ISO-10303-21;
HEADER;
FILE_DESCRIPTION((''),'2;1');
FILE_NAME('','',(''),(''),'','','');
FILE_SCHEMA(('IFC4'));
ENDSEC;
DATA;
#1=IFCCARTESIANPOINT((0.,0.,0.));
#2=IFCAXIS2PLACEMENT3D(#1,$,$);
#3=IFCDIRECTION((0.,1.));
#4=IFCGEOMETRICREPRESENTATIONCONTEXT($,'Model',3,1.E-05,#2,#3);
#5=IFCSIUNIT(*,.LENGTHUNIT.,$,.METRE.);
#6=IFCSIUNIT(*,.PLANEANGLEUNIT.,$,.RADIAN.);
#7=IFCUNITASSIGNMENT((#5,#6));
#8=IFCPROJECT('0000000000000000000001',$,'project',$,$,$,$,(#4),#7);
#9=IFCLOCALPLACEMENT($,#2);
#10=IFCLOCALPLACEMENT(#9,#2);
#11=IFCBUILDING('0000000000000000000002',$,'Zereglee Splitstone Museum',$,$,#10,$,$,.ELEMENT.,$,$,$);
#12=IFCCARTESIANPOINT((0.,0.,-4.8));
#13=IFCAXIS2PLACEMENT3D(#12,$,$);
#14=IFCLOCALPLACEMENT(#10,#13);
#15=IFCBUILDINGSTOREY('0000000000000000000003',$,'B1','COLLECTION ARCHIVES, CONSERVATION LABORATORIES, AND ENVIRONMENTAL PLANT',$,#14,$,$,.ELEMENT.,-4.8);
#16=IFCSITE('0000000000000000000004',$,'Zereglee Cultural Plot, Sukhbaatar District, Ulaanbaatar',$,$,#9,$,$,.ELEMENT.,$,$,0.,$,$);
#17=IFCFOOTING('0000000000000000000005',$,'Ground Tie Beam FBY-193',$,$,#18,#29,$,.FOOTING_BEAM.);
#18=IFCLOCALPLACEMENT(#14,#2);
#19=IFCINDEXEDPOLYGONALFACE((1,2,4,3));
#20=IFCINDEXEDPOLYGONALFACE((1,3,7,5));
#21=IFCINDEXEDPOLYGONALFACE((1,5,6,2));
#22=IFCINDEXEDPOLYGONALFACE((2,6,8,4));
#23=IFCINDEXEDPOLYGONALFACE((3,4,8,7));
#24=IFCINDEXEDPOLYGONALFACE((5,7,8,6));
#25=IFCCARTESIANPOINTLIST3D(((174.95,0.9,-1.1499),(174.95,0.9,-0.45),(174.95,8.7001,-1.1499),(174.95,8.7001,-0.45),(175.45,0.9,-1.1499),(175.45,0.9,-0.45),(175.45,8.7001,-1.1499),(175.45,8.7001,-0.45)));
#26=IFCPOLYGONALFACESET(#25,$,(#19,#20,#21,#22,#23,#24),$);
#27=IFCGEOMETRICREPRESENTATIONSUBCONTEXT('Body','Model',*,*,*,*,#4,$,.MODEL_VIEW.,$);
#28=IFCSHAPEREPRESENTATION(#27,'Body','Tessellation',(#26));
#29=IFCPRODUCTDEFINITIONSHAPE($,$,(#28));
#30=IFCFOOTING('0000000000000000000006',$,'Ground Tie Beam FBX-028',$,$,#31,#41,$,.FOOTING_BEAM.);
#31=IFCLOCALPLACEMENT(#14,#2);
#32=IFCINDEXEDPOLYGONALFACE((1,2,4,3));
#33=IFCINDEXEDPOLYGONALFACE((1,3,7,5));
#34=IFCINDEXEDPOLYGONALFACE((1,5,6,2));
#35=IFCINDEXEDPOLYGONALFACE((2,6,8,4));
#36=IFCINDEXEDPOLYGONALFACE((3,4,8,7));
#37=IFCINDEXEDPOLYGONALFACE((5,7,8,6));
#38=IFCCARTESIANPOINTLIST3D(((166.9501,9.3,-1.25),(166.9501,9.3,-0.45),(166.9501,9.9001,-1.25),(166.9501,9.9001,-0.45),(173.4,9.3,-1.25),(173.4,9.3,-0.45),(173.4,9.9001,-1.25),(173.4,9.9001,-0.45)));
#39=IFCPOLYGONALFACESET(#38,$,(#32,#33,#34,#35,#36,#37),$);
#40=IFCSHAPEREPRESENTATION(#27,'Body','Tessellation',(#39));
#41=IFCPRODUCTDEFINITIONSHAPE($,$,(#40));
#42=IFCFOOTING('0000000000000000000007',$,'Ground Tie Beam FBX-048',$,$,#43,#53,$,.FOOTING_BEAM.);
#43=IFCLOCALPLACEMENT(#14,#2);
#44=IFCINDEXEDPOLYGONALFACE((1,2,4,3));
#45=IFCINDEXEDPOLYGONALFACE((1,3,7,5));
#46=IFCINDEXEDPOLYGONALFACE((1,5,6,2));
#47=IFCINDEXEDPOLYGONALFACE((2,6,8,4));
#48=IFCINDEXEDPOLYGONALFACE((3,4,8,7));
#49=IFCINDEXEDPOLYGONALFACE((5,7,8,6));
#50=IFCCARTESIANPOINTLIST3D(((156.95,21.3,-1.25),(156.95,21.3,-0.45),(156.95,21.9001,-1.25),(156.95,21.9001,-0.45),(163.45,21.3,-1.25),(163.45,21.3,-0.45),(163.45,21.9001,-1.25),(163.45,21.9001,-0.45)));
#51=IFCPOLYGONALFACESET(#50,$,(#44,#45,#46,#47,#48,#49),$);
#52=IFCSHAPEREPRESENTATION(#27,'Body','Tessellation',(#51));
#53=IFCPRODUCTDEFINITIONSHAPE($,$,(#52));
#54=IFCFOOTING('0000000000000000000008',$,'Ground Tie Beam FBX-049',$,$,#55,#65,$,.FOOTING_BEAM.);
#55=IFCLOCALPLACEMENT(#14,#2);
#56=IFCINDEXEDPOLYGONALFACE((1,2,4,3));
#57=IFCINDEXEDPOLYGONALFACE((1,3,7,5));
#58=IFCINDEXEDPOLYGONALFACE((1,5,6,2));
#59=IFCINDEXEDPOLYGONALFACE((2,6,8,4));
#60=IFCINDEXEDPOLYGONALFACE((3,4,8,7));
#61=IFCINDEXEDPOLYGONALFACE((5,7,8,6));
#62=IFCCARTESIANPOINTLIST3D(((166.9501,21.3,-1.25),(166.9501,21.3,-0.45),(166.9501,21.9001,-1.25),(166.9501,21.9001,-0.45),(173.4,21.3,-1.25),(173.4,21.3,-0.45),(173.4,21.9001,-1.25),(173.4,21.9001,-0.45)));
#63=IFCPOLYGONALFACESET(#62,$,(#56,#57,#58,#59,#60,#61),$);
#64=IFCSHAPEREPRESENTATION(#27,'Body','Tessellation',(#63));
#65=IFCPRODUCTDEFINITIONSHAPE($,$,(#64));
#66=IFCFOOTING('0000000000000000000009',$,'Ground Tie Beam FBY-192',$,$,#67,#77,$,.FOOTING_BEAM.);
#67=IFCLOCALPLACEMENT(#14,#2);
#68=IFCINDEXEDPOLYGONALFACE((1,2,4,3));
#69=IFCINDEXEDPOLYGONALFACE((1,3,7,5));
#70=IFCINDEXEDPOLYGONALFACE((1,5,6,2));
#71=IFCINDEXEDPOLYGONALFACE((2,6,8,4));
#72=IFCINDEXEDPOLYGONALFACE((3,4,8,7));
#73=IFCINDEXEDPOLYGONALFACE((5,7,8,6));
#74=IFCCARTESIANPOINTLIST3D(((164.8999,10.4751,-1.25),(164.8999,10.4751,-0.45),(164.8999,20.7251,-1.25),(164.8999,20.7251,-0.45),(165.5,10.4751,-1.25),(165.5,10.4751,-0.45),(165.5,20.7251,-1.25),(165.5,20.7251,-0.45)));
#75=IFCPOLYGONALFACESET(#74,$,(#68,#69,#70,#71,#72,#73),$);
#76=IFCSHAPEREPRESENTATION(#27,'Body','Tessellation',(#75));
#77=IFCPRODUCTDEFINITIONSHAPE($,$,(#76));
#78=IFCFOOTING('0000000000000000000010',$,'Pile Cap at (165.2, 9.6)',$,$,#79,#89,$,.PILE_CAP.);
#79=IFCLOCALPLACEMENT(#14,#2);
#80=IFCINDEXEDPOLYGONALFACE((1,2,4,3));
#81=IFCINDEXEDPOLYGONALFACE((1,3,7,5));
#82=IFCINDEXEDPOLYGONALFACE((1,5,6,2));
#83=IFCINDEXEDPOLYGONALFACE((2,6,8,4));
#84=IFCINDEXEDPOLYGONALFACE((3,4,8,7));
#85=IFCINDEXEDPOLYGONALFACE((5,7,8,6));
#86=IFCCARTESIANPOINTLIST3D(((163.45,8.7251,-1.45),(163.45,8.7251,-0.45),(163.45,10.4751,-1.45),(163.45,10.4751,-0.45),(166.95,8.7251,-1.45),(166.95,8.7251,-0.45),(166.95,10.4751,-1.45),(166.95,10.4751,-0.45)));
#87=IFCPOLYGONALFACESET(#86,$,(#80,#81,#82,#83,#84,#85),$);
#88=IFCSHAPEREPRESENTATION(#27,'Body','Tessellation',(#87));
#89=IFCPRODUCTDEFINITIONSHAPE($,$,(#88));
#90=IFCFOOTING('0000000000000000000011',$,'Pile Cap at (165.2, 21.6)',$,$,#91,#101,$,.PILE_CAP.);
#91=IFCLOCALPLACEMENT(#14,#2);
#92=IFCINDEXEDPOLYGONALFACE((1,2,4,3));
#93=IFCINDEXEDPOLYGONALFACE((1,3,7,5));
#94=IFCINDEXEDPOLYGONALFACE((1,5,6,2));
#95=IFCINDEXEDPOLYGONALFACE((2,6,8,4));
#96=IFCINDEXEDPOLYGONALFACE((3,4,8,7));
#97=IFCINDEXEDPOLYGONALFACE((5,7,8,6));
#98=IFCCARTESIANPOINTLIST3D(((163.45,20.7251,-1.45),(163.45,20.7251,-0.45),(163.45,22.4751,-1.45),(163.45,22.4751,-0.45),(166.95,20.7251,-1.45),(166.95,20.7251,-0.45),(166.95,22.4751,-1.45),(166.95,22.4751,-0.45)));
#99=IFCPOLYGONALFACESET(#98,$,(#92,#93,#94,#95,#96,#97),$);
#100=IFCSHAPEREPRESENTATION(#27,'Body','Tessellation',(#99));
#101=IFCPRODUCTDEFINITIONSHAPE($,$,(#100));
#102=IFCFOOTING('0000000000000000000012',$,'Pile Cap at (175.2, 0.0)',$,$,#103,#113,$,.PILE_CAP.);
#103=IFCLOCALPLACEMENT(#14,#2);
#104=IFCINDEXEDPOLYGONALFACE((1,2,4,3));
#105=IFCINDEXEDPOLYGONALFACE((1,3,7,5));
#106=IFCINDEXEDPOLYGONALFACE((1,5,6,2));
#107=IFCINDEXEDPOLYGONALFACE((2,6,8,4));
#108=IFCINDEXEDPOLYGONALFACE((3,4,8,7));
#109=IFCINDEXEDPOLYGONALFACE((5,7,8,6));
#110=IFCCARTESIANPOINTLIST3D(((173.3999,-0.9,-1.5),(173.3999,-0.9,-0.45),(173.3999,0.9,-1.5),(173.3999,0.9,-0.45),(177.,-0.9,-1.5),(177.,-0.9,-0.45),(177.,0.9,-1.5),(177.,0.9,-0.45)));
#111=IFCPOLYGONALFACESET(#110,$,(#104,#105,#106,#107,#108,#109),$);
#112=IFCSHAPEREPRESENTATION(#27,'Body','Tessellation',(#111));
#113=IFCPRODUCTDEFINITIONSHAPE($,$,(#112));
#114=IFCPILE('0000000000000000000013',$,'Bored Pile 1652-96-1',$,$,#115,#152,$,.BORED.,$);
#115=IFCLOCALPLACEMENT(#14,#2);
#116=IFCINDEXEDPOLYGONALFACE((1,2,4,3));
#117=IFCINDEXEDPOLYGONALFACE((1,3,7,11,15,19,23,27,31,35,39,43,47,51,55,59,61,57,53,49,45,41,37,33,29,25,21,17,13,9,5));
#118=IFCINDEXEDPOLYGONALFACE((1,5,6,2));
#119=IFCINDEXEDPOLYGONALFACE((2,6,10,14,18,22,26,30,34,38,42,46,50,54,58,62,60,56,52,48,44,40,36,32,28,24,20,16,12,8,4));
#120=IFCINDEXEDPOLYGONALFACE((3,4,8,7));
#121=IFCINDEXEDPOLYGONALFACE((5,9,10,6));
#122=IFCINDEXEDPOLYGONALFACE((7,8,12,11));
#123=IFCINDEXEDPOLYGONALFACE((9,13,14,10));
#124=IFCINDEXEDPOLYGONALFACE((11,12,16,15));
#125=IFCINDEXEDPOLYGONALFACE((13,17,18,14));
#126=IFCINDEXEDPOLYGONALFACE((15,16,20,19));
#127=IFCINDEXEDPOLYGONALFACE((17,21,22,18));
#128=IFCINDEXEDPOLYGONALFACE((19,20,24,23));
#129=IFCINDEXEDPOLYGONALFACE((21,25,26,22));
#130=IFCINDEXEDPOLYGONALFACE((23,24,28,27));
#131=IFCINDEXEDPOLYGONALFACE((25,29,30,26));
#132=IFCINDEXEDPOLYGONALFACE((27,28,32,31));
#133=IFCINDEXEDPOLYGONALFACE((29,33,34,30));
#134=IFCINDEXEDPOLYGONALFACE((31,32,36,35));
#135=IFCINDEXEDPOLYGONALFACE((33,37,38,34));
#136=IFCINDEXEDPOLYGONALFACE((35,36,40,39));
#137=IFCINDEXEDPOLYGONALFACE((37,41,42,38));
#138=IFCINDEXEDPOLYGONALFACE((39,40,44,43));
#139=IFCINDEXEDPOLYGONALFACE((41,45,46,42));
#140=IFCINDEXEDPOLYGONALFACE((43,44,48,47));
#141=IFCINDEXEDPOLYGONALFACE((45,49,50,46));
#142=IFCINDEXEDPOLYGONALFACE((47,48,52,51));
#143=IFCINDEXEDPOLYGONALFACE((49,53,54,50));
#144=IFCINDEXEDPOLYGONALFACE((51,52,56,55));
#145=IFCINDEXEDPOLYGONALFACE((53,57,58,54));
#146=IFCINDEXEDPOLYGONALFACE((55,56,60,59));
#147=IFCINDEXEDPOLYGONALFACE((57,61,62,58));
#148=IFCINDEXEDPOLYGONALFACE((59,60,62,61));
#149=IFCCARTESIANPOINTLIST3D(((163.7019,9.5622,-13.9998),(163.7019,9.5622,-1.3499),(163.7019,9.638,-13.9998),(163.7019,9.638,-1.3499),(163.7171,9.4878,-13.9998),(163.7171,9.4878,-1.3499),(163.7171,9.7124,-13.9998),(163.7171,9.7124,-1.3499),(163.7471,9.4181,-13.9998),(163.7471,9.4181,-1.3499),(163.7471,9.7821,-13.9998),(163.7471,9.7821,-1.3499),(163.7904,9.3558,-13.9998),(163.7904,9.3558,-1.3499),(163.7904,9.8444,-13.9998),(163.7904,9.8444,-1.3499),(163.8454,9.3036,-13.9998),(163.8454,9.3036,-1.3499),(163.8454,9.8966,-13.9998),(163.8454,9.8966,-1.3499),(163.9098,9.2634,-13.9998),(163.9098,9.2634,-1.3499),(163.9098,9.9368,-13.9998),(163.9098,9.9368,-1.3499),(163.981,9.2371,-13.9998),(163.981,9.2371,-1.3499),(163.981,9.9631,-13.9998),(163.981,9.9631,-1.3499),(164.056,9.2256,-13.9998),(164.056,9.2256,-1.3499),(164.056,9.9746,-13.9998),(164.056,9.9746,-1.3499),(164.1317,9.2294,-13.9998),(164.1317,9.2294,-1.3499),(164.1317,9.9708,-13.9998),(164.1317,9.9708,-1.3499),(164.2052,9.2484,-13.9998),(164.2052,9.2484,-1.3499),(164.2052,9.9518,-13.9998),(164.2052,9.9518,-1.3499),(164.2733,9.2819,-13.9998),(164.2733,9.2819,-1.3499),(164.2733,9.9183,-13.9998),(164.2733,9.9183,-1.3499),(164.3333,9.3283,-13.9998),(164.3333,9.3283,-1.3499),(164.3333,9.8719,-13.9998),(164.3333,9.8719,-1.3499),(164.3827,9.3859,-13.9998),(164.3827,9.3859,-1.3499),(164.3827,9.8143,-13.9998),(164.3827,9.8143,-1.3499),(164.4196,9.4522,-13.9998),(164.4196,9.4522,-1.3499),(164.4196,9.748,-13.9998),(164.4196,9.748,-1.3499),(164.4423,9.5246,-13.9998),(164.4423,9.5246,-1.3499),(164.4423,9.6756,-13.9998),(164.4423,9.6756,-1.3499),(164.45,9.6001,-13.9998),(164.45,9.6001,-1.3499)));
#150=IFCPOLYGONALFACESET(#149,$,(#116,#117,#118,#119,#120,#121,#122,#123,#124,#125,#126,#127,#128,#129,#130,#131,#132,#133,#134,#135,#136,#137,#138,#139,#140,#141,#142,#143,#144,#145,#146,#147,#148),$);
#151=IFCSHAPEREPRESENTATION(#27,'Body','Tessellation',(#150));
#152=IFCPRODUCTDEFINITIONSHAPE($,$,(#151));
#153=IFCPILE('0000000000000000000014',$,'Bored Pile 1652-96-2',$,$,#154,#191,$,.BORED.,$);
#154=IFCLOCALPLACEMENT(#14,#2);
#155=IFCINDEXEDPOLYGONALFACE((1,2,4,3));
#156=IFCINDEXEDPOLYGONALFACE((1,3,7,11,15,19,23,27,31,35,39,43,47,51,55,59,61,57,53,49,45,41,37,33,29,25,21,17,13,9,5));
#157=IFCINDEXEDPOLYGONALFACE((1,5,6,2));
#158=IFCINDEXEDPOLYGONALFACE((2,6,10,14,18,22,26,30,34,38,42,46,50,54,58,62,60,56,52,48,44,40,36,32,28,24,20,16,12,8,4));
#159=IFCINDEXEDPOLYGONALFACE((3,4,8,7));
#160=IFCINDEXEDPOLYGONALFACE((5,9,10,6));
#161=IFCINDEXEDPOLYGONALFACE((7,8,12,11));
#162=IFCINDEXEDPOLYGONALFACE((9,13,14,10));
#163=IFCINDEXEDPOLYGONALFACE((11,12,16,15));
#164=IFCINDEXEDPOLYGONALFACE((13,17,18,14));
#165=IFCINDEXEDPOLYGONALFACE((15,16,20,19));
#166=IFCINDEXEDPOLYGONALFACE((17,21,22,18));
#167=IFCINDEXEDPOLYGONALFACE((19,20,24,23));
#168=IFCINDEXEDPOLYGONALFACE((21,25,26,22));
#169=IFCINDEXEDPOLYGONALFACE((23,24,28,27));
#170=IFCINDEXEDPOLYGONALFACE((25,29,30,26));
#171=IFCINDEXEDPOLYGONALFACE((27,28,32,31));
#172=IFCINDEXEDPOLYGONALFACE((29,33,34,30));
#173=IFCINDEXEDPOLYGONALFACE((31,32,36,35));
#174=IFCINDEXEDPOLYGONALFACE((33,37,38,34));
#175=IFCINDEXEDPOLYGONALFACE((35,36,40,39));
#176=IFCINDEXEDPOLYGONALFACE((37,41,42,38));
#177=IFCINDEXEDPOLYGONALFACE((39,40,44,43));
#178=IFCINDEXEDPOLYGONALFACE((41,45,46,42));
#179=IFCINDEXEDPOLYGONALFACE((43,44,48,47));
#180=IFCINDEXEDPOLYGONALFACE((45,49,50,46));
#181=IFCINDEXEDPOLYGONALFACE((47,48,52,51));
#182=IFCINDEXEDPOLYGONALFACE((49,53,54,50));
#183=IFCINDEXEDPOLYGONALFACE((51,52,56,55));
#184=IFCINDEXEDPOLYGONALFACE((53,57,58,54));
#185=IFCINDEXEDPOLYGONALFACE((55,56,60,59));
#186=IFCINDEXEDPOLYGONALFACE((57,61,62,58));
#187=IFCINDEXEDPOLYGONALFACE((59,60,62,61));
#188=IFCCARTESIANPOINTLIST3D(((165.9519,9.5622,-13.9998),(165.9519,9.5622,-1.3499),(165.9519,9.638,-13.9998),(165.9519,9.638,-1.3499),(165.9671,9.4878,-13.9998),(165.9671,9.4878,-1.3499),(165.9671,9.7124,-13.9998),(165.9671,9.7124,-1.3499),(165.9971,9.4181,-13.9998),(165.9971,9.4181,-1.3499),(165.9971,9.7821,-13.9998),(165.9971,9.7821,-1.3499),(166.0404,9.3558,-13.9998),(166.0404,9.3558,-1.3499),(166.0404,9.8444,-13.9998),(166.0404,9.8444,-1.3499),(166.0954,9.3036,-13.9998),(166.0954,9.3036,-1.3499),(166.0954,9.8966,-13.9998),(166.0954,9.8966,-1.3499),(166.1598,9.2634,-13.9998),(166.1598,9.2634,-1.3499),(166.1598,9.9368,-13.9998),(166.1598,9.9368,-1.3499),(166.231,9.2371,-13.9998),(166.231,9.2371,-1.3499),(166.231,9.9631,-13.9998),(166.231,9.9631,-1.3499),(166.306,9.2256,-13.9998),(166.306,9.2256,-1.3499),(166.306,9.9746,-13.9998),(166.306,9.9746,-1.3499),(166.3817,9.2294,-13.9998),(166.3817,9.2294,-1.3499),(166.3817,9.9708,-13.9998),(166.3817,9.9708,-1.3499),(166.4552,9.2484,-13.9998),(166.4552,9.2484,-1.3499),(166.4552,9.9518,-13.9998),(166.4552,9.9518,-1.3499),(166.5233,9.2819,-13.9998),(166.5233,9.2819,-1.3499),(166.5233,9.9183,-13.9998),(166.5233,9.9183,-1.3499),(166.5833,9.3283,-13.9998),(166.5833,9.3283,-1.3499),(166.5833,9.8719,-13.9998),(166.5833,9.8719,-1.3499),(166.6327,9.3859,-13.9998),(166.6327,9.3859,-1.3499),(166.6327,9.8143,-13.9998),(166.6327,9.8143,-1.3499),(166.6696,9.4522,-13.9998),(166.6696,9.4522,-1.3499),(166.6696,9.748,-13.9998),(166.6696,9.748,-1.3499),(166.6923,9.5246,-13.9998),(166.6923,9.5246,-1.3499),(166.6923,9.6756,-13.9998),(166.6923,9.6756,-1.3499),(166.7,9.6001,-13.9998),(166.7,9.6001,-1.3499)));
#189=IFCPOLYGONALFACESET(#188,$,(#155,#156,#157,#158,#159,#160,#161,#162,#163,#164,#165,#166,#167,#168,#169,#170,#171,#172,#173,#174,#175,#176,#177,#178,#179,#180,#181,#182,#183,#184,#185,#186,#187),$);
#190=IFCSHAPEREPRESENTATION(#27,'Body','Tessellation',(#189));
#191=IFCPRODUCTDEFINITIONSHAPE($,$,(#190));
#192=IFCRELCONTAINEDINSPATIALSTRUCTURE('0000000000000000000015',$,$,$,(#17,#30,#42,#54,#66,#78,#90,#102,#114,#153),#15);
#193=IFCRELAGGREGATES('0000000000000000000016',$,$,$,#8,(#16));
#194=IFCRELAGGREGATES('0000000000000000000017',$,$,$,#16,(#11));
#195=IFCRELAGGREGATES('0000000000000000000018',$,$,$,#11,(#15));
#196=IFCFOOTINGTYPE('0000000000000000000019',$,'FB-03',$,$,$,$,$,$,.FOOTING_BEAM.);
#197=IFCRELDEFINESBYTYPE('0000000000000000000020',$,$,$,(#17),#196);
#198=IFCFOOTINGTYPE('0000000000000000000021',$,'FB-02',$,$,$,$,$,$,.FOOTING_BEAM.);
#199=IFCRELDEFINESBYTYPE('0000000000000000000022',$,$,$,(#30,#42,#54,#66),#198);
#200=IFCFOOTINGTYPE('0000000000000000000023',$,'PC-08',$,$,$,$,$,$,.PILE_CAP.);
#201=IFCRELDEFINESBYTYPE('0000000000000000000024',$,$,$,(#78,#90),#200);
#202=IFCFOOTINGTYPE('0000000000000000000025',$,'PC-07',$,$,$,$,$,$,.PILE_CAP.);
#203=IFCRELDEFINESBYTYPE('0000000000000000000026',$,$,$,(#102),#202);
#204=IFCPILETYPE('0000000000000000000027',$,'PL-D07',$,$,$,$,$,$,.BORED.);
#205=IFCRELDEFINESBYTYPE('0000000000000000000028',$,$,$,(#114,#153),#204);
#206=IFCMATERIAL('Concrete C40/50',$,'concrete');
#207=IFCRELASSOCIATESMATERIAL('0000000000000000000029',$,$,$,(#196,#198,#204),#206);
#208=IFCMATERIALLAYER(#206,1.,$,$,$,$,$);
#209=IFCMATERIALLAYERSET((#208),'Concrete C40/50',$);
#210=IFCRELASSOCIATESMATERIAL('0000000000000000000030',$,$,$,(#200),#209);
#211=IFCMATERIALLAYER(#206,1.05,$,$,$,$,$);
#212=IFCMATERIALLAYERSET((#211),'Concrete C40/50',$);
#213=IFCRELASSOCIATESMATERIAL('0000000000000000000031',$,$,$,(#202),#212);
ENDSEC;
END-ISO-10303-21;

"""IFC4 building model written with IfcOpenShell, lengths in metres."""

from ifc_helpers import new_model, si_unit, direction, frame, origin, origin_2d, place, context, subcontext, project, spatial, rectangle, circle, extrude, material, layer, layer_set, material_profile, profile_set, type_object, element, save


model = new_model("IFC4")

# Units and contexts
model_context = context("Model", 3, precision=1e-05, world=origin(), true_north=direction((0.0, 1.0)))
body_context = subcontext(model_context, "Body", "Model", "MODEL_VIEW")
ifc_project = project(units=[si_unit("LENGTHUNIT", "METRE"), si_unit("PLANEANGLEUNIT", "RADIAN")], contexts=[model_context])

# Site, building, storey
site_placement = place(None, origin())
site = spatial("IfcSite", under=ifc_project, at=site_placement, Name="Zereglee Cultural Plot, Sukhbaatar District, Ulaanbaatar", CompositionType="ELEMENT", RefElevation=0.0)
building_placement = place(site_placement, origin())
building = spatial("IfcBuilding", under=site, at=building_placement, Name="Zereglee Splitstone Museum", CompositionType="ELEMENT")
storey_placement = place(building_placement, frame((0.0, 0.0, -4.8)))
storey = spatial("IfcBuildingStorey", under=building, at=storey_placement, Name="B1", Description="COLLECTION ARCHIVES, CONSERVATION LABORATORIES, AND ENVIRONMENTAL PLANT", CompositionType="ELEMENT", Elevation=-4.8)

# Footings
ifc_material_1 = material(Name="Concrete C40/50", Category="concrete")
footing_type_1 = type_object("IfcFootingType", Name="FB-03", PredefinedType="FOOTING_BEAM", material=ifc_material_1)
footing_1_placement = place(storey_placement, frame((175.2, 4.8, -1.1499), z_axis=(0.0, 0.0, 1.0), x_axis=(0.0, 1.0, 0.0)))
element("IfcFooting", 1, at=footing_1_placement, inside=storey, type_object=footing_type_1, Name="Ground Tie Beam FBY-193", PredefinedType="FOOTING_BEAM", context=body_context, shape_type="SweptSolid", body=[
    extrude(rectangle(XDim=7.8, YDim=0.5, at=origin_2d()), origin(), (0.0, 0.0, 1.0), 0.7),
])
footing_type_2 = type_object("IfcFootingType", Name="FB-02", PredefinedType="FOOTING_BEAM", material=ifc_material_1)
footing_2_placement = place(storey_placement, frame((170.175, 9.6001, -1.25), z_axis=(0.0, 0.0, 1.0), x_axis=(1.0, 0.0, 0.0)))
element("IfcFooting", 2, at=footing_2_placement, inside=storey, type_object=footing_type_2, Name="Ground Tie Beam FBX-028", PredefinedType="FOOTING_BEAM", context=body_context, shape_type="SweptSolid", body=[
    extrude(rectangle(XDim=6.45, YDim=0.6001, at=origin_2d()), origin(), (0.0, 0.0, 1.0), 0.8),
])
footing_3_placement = place(storey_placement, frame((160.2, 21.6001, -1.25), z_axis=(0.0, 0.0, 1.0), x_axis=(1.0, 0.0, 0.0)))
element("IfcFooting", 3, at=footing_3_placement, inside=storey, type_object=footing_type_2, Name="Ground Tie Beam FBX-048", PredefinedType="FOOTING_BEAM", context=body_context, shape_type="SweptSolid", body=[
    extrude(rectangle(XDim=6.5, YDim=0.6001, at=origin_2d()), origin(), (0.0, 0.0, 1.0), 0.8),
])
footing_4_placement = place(storey_placement, frame((170.175, 21.6001, -1.25), z_axis=(0.0, 0.0, 1.0), x_axis=(1.0, 0.0, 0.0)))
element("IfcFooting", 4, at=footing_4_placement, inside=storey, type_object=footing_type_2, Name="Ground Tie Beam FBX-049", PredefinedType="FOOTING_BEAM", context=body_context, shape_type="SweptSolid", body=[
    extrude(rectangle(XDim=6.45, YDim=0.6001, at=origin_2d()), origin(), (0.0, 0.0, 1.0), 0.8),
])
footing_5_placement = place(storey_placement, frame((165.2, 15.6001, -1.25), z_axis=(0.0, 0.0, 1.0), x_axis=(0.0, 1.0, 0.0)))
element("IfcFooting", 5, at=footing_5_placement, inside=storey, type_object=footing_type_2, Name="Ground Tie Beam FBY-192", PredefinedType="FOOTING_BEAM", context=body_context, shape_type="SweptSolid", body=[
    extrude(rectangle(XDim=10.25, YDim=0.6001, at=origin_2d()), origin(), (0.0, 0.0, 1.0), 0.8),
])
ifc_layer_1 = layer(ifc_material_1, 1.0)
ifc_layer_set_1 = layer_set([ifc_layer_1], Name="Concrete C40/50")
footing_type_3 = type_object("IfcFootingType", Name="PC-08", PredefinedType="PILE_CAP", material=ifc_layer_set_1)
for number, where, z_axis, x_axis, name in (
    (6, (165.2, 9.6001, -1.45), (0.0, 0.0, 1.0), (1.0, 0.0, 0.0), "Pile Cap at (165.2, 9.6)"),
    (7, (165.2, 21.6001, -1.45), (0.0, 0.0, 1.0), (1.0, 0.0, 0.0), "Pile Cap at (165.2, 21.6)"),
):
    element("IfcFooting", number, at=place(storey_placement, frame(where, z_axis=z_axis, x_axis=x_axis)), inside=storey, type_object=footing_type_3, Name=name, PredefinedType="PILE_CAP", context=body_context, shape_type="SweptSolid", body=[
        extrude(rectangle(XDim=3.5, YDim=1.75, at=origin_2d()), origin(), (0.0, 0.0, 1.0), 1.0),
    ])
ifc_layer_2 = layer(ifc_material_1, 1.05)
ifc_layer_set_2 = layer_set([ifc_layer_2], Name="Concrete C40/50")
footing_type_4 = type_object("IfcFootingType", Name="PC-07", PredefinedType="PILE_CAP", material=ifc_layer_set_2)
footing_6_placement = place(storey_placement, frame((175.2, 0.0, -1.5), z_axis=(0.0, 0.0, 1.0), x_axis=(1.0, 0.0, 0.0)))
element("IfcFooting", 8, at=footing_6_placement, inside=storey, type_object=footing_type_4, Name="Pile Cap at (175.2, 0.0)", PredefinedType="PILE_CAP", context=body_context, shape_type="SweptSolid", body=[
    extrude(rectangle(XDim=3.6001, YDim=1.8, at=origin_2d()), origin(), (0.0, 0.0, 1.0), 1.05),
])

# Piles
ifc_material_profile_1 = material_profile(ifc_material_1, circle(Radius=0.375, at=origin_2d()), Name="PILE D750")
ifc_profile_set_1 = profile_set([ifc_material_profile_1], Name="Concrete C40/50")
pile_type = type_object("IfcPileType", Name="PL-D07", PredefinedType="BORED", material=ifc_profile_set_1)
for number, where, z_axis, x_axis, name in (
    (9, (164.075, 9.6001, -1.3499), (0.0, 0.0, -1.0), (1.0, 0.0, 0.0), "Bored Pile 1652-96-1"),
    (10, (166.325, 9.6001, -1.3499), (0.0, 0.0, -1.0), (1.0, 0.0, 0.0), "Bored Pile 1652-96-2"),
):
    element("IfcPile", number, at=place(storey_placement, frame(where, z_axis=z_axis, x_axis=x_axis)), inside=storey, type_object=pile_type, Name=name, PredefinedType="BORED", context=body_context, shape_type="SweptSolid", body=[
        extrude(circle(Radius=0.375, at=origin_2d()), origin(), (0.0, 0.0, 1.0), 12.6499),
    ])

save(model, "model.ifc")
